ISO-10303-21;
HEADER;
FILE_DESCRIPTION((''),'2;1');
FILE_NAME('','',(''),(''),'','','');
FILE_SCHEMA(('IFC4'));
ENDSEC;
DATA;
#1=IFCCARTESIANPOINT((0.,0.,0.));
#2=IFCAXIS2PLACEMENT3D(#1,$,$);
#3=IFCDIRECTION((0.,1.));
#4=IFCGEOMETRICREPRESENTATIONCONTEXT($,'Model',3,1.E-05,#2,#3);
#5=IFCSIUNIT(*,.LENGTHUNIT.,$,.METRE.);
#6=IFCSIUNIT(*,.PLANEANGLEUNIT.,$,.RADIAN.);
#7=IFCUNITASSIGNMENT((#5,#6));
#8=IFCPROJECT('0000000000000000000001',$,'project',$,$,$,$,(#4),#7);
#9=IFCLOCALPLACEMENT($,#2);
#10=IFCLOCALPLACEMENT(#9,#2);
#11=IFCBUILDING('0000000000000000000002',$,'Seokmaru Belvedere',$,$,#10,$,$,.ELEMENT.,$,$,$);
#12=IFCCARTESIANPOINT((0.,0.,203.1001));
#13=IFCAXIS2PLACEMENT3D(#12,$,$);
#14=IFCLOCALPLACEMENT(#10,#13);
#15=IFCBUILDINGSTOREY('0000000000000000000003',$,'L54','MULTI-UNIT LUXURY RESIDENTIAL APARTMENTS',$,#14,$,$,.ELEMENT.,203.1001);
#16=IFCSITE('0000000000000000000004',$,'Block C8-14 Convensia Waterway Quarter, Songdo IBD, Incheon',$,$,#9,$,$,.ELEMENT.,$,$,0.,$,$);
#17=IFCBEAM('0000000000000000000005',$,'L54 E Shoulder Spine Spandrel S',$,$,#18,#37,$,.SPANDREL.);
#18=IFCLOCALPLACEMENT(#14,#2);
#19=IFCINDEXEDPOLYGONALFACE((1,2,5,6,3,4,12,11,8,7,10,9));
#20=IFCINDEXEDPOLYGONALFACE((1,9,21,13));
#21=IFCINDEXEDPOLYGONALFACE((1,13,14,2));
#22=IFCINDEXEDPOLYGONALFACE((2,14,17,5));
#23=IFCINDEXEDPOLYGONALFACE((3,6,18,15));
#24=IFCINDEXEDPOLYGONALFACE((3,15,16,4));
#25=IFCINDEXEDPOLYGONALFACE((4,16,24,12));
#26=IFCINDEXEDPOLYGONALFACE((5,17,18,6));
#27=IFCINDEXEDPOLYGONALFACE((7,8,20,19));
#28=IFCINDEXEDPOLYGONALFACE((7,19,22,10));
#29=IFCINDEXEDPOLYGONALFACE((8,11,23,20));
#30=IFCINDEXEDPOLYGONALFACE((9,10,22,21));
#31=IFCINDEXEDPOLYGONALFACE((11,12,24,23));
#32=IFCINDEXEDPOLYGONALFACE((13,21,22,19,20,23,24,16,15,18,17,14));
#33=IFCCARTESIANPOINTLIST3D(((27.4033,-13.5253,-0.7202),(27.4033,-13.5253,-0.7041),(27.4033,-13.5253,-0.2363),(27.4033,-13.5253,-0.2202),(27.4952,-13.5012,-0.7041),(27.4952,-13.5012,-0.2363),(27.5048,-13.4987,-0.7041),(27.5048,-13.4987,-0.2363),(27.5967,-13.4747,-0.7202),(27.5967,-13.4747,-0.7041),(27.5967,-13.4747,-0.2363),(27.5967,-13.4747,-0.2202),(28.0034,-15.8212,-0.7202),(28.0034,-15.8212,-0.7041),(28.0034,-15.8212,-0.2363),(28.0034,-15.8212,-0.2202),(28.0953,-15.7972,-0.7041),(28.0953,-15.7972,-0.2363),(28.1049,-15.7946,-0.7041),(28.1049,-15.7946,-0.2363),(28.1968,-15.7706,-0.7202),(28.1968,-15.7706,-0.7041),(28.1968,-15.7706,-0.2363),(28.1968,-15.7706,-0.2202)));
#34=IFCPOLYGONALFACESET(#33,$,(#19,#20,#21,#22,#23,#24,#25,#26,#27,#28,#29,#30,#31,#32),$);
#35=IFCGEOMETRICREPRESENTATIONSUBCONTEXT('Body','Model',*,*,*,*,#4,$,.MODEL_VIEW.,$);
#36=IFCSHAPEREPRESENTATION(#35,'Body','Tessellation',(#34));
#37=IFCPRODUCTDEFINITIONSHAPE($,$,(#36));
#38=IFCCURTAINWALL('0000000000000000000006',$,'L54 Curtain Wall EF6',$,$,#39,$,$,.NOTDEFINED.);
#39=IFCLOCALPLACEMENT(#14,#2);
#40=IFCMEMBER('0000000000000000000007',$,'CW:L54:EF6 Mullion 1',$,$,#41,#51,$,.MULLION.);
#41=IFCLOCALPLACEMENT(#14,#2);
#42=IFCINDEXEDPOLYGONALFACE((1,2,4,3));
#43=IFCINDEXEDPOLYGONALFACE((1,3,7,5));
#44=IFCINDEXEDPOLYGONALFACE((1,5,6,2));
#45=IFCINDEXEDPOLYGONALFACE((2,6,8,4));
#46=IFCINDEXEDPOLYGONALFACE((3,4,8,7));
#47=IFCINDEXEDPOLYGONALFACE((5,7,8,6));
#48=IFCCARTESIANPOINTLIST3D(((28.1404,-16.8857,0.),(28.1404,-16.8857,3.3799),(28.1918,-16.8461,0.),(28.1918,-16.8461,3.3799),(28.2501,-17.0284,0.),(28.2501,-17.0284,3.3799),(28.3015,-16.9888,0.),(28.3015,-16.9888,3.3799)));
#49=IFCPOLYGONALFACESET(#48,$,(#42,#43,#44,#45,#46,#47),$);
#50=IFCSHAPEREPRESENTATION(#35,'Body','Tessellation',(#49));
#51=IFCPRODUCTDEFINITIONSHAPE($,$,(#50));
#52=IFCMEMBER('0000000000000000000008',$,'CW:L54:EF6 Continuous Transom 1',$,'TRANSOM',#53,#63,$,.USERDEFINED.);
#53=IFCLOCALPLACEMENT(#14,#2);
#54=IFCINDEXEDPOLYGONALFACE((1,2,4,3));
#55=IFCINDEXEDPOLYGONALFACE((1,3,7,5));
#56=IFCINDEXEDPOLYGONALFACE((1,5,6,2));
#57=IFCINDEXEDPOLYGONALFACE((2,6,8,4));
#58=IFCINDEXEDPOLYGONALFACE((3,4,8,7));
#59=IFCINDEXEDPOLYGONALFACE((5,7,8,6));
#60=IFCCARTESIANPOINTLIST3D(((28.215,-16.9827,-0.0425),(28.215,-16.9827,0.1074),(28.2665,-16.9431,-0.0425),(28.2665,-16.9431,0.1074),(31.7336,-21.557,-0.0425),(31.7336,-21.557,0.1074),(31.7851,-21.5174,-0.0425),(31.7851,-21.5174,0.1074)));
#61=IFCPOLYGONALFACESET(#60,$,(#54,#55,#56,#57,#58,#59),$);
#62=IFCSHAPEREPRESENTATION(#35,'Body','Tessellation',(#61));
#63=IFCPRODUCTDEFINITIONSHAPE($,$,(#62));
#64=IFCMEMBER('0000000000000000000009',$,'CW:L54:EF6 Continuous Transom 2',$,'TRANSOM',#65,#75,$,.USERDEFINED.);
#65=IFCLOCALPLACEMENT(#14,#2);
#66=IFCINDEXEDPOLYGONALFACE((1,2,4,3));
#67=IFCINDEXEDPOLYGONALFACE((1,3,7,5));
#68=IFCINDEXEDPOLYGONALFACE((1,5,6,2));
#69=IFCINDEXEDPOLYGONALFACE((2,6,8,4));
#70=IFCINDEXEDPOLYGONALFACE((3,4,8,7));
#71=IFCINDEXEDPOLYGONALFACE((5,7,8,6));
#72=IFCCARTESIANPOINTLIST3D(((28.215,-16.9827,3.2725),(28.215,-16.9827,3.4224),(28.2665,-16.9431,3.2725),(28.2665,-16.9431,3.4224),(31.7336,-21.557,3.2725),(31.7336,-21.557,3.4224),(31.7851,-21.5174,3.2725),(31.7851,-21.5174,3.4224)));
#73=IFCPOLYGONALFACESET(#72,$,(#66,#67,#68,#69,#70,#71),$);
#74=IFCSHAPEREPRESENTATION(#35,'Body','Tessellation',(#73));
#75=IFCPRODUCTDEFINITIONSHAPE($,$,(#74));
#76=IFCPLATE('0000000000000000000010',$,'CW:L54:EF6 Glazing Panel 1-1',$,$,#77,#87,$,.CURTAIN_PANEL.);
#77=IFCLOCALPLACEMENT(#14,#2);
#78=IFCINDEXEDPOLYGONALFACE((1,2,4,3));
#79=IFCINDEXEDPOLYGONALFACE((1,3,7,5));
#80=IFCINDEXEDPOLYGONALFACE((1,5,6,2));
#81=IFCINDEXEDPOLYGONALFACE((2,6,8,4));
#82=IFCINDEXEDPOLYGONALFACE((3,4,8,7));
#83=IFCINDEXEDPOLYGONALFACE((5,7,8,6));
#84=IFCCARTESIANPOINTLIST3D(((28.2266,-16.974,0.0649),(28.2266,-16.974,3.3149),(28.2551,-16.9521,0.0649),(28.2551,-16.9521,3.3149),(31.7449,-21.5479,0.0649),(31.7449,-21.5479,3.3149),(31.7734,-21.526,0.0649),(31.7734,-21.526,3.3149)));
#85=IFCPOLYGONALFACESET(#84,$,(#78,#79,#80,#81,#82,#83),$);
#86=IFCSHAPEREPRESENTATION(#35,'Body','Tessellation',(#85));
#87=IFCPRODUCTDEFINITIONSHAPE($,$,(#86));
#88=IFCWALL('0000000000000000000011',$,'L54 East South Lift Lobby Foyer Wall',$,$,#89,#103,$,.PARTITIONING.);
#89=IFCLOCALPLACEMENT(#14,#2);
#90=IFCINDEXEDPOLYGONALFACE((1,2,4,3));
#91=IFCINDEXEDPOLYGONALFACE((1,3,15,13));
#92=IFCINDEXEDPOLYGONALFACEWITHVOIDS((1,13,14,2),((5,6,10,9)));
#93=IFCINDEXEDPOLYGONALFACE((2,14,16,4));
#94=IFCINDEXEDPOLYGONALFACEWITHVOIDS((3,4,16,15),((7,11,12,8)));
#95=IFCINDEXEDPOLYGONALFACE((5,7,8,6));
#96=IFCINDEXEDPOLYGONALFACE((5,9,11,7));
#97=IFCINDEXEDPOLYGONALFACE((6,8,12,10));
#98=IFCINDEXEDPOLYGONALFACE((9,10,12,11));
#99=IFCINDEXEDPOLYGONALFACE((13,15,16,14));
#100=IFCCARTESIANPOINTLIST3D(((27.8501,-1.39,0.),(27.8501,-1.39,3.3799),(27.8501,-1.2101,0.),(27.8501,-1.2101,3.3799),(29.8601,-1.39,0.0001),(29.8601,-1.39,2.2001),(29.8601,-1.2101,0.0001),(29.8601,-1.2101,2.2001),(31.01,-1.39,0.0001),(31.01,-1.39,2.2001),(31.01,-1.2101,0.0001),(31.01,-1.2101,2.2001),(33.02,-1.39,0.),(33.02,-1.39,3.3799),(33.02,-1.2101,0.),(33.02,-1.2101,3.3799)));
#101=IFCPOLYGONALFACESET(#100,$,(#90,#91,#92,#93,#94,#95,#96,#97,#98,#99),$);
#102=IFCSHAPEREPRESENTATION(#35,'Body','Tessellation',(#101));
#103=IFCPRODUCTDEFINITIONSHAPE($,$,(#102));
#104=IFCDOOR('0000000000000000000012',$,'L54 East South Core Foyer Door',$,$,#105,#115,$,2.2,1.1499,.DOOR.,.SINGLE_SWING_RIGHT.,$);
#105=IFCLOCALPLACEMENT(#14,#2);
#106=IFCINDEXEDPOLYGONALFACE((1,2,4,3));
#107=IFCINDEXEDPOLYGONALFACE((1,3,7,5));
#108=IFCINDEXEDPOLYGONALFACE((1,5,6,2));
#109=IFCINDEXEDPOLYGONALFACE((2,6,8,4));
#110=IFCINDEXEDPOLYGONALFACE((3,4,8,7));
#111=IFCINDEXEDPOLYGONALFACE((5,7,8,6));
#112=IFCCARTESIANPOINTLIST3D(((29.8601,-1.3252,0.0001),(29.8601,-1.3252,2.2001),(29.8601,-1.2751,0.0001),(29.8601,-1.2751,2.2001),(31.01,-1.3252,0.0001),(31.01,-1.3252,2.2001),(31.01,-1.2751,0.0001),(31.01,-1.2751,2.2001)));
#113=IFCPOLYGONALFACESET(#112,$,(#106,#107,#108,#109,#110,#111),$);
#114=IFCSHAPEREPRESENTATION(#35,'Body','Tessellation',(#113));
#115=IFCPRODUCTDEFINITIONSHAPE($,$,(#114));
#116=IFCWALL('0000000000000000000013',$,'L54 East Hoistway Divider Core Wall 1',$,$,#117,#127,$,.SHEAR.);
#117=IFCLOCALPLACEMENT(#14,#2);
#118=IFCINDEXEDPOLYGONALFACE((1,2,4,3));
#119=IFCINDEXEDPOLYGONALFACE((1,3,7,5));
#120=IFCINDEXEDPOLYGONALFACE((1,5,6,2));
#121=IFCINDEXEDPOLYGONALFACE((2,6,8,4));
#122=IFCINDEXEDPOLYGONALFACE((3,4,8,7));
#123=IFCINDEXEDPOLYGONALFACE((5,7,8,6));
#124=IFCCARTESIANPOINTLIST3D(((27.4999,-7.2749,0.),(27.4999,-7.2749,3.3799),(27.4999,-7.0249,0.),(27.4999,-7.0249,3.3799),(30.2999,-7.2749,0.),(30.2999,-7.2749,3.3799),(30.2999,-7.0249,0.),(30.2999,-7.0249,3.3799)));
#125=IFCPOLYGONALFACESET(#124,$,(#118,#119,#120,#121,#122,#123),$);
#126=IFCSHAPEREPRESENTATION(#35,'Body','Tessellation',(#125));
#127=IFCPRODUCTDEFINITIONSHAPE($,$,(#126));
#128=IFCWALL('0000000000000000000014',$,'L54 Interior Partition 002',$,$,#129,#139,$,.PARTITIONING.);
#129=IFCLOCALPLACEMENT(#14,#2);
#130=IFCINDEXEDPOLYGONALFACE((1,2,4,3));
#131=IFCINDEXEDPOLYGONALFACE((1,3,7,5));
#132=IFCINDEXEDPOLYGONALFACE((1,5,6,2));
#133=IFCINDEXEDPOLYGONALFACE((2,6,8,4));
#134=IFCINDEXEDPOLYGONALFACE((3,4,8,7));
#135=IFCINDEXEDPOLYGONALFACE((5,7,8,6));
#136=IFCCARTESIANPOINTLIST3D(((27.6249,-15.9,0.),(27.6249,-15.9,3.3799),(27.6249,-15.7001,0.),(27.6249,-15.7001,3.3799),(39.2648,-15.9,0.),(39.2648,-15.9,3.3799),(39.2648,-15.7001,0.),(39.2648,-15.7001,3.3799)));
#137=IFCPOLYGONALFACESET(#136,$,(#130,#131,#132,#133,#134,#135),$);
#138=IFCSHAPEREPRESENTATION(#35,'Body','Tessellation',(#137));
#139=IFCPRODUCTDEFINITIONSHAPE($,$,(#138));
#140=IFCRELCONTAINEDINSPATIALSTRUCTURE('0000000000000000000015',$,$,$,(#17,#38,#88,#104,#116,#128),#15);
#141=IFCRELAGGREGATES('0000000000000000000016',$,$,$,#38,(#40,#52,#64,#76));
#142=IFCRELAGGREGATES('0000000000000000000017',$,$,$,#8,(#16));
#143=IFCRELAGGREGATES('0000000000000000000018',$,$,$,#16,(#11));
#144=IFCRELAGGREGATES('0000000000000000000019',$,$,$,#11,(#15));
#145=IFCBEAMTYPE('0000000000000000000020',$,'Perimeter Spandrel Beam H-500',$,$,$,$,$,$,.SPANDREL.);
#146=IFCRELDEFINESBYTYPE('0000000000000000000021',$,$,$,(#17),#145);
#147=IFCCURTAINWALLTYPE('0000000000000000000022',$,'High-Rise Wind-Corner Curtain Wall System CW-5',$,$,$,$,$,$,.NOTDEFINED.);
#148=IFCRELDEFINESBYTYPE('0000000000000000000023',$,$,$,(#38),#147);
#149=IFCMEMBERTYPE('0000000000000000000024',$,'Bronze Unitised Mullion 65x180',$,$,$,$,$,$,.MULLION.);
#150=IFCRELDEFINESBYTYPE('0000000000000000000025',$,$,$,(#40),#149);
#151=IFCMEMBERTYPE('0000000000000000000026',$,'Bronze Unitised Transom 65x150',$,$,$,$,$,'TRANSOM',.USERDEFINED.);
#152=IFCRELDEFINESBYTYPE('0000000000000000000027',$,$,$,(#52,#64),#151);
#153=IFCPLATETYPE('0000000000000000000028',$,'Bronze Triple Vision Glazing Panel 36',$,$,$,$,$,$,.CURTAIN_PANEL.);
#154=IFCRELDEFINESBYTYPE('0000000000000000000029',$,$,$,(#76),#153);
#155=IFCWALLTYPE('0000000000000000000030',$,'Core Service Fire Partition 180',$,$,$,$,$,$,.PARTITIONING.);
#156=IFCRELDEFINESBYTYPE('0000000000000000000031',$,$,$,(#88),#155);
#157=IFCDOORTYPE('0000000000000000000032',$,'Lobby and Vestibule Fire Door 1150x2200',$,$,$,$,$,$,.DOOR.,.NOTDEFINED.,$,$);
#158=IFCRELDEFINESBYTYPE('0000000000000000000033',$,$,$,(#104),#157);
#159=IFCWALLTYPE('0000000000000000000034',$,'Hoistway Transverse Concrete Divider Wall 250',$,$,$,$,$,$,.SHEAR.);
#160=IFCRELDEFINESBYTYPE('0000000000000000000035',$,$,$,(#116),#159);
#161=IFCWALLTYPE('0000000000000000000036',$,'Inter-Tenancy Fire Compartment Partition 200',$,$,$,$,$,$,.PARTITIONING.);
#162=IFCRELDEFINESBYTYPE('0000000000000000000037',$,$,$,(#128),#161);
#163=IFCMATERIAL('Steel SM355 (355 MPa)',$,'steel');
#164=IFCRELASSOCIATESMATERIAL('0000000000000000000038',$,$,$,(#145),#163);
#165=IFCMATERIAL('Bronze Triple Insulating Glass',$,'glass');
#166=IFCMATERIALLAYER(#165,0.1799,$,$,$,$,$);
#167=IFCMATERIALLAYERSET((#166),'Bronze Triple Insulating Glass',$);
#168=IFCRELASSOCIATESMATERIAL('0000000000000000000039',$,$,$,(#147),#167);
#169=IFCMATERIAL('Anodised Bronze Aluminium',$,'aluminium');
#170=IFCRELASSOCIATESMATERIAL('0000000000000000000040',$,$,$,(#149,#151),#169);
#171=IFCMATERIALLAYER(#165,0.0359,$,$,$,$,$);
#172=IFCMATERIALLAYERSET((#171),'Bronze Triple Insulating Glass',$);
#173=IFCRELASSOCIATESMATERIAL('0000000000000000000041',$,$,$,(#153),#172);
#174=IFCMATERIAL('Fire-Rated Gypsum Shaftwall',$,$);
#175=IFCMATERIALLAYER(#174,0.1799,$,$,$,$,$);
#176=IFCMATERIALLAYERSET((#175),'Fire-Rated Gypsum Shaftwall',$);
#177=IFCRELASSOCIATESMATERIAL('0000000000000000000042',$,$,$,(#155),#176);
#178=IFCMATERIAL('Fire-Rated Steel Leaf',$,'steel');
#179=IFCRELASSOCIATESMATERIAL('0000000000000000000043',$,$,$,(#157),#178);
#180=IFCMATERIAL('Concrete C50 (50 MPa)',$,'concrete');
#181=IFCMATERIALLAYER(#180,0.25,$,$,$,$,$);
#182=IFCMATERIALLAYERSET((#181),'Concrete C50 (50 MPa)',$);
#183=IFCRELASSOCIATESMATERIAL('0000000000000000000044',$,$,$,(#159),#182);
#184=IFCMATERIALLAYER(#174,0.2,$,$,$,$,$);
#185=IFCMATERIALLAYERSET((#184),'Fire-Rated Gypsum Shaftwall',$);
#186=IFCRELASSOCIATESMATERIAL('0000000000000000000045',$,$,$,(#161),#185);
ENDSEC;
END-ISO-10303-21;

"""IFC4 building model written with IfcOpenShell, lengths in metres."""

from ifc_helpers import new_model, si_unit, direction, frame, frame_2d, origin, origin_2d, place, context, subcontext, project, spatial, rectangle, i_section, extrude, source, transform, mapped, material, layer, layer_set, material_profile, profile_set, type_object, type_shapes, element, fill, aggregate, save


model = new_model("IFC4")

# Units and contexts
model_context = context("Model", 3, precision=1e-05, world=origin(), true_north=direction((0.0, 1.0)))
body_context = subcontext(model_context, "Body", "Model", "MODEL_VIEW")
ifc_project = project(units=[si_unit("LENGTHUNIT", "METRE"), si_unit("PLANEANGLEUNIT", "RADIAN")], contexts=[model_context])

# Site, building, storey
site_placement = place(None, origin())
site = spatial("IfcSite", under=ifc_project, at=site_placement, Name="Block C8-14 Convensia Waterway Quarter, Songdo IBD, Incheon", CompositionType="ELEMENT", RefElevation=0.0)
building_placement = place(site_placement, origin())
building = spatial("IfcBuilding", under=site, at=building_placement, Name="Seokmaru Belvedere", CompositionType="ELEMENT")
storey_placement = place(building_placement, frame((0.0, 0.0, 203.1001)))
storey = spatial("IfcBuildingStorey", under=building, at=storey_placement, Name="L54", Description="MULTI-UNIT LUXURY RESIDENTIAL APARTMENTS", CompositionType="ELEMENT", Elevation=203.1001)

# Shared definitions
ifc_material_1 = material(Name="Steel SM355 (355 MPa)", Category="steel")

# Beam
ifc_material_profile_1 = material_profile(ifc_material_1, i_section(OverallWidth=0.2, OverallDepth=0.5, WebThickness=0.01, FlangeThickness=0.0161, at=origin_2d()), Name="H-500x200x10x16")
ifc_profile_set_1 = profile_set([ifc_material_profile_1], Name="Steel SM355 (355 MPa)")
beam_type_1 = type_object("IfcBeamType", Name="Perimeter Spandrel Beam H-500", PredefinedType="SPANDREL", material=ifc_profile_set_1)
shared_shape_1 = source(origin(), body_context, "Body", "SweptSolid", [
    extrude(i_section(OverallWidth=0.2, OverallDepth=0.5, WebThickness=0.01, FlangeThickness=0.0161, at=origin_2d()), origin(), (0.0, 0.0, 1.0), 2.373),
])
beam_1_placement = place(storey_placement, frame((28.1001, -15.7959, -0.4702), z_axis=(-0.252883, 0.967497, 0.0), x_axis=(-0.967497, -0.252883, 0.0)))
element("IfcBeam", 1, at=beam_1_placement, inside=storey, type_object=beam_type_1, Name="L54 E Shoulder Spine Spandrel S", PredefinedType="SPANDREL", context=body_context, shape_type="MappedRepresentation", body=[
    mapped(shared_shape_1, transform((0.0, 0.0, 0.0), scale=1.0)),
])

# Curtain wall, members, plate
ifc_material_2 = material(Name="Bronze Triple Insulating Glass", Category="glass")
ifc_layer_1 = layer(ifc_material_2, 0.1799)
ifc_layer_set_1 = layer_set([ifc_layer_1], Name="Bronze Triple Insulating Glass")
curtain_wall_type = type_object("IfcCurtainWallType", Name="High-Rise Wind-Corner Curtain Wall System CW-5", PredefinedType="NOTDEFINED", material=ifc_layer_set_1)
curtain_wall_placement = place(storey_placement, origin())
curtain_wall = element("IfcCurtainWall", 2, at=curtain_wall_placement, inside=storey, type_object=curtain_wall_type, Name="L54 Curtain Wall EF6", PredefinedType="NOTDEFINED")
ifc_material_3 = material(Name="Anodised Bronze Aluminium", Category="aluminium")
ifc_material_profile_2 = material_profile(ifc_material_3, rectangle(XDim=0.0649, YDim=0.1799, at=origin_2d()), Name="CW-M-65x180")
ifc_profile_set_2 = profile_set([ifc_material_profile_2], Name="Anodised Bronze Aluminium")
member_type_1 = type_object("IfcMemberType", Name="Bronze Unitised Mullion 65x180", PredefinedType="MULLION", material=ifc_profile_set_2)
shared_shape_2 = source(origin(), body_context, "Body", "SweptSolid", [
    extrude(rectangle(XDim=0.0649, YDim=0.1799, at=origin_2d()), origin(), (0.0, 0.0, 1.0), 3.3799),
])
type_shapes(member_type_1, [shared_shape_2])
member_1_placement = place(storey_placement, frame((28.2209, -16.9373, 0.0), z_axis=(0.0, 0.0, 1.0), x_axis=(0.792631, 0.609701, 0.0)))
member_1 = element("IfcMember", 3, at=member_1_placement, type_object=member_type_1, Name="CW:L54:EF6 Mullion 1", PredefinedType="MULLION", context=body_context, shape_type="MappedRepresentation", body=[
    mapped(shared_shape_2, transform((0.0, 0.0, 0.0), scale=1.0)),
])
ifc_material_profile_3 = material_profile(ifc_material_3, rectangle(XDim=0.0649, YDim=0.1499, at=origin_2d()), Name="CW-T-65x150")
ifc_profile_set_3 = profile_set([ifc_material_profile_3], Name="Anodised Bronze Aluminium")
member_type_2 = type_object("IfcMemberType", Name="Bronze Unitised Transom 65x150", ElementType="TRANSOM", PredefinedType="USERDEFINED", material=ifc_profile_set_3)
shared_shape_3 = source(origin(), body_context, "Body", "SweptSolid", [
    extrude(rectangle(XDim=0.0649, YDim=0.1499, at=origin_2d()), origin(), (0.0, 0.0, 1.0), 5.771),
])
type_shapes(member_type_2, [shared_shape_3])
member_2_placement = place(storey_placement, frame((28.2407, -16.9629, 0.0325), z_axis=(0.609703, -0.79263, 0.0), x_axis=(0.79263, 0.609703, 0.0)))
member_2 = element("IfcMember", 4, at=member_2_placement, type_object=member_type_2, Name="CW:L54:EF6 Continuous Transom 1", ObjectType="TRANSOM", PredefinedType="USERDEFINED", context=body_context, shape_type="MappedRepresentation", body=[
    mapped(shared_shape_3, transform((0.0, 0.0, 0.0), scale=1.0)),
])
member_3_placement = place(storey_placement, frame((28.2407, -16.9629, 3.3474), z_axis=(0.609703, -0.79263, 0.0), x_axis=(0.79263, 0.609703, 0.0)))
member_3 = element("IfcMember", 5, at=member_3_placement, type_object=member_type_2, Name="CW:L54:EF6 Continuous Transom 2", ObjectType="TRANSOM", PredefinedType="USERDEFINED", context=body_context, shape_type="MappedRepresentation", body=[
    mapped(shared_shape_3, transform((0.0, 0.0, 0.0), scale=1.0)),
])
ifc_layer_2 = layer(ifc_material_2, 0.0359)
ifc_layer_set_2 = layer_set([ifc_layer_2], Name="Bronze Triple Insulating Glass")
plate_type = type_object("IfcPlateType", Name="Bronze Triple Vision Glazing Panel 36", PredefinedType="CURTAIN_PANEL", material=ifc_layer_set_2)
shared_shape_4 = source(origin(), body_context, "Body", "SweptSolid", [
    extrude(rectangle(XDim=5.7705, YDim=0.0359, at=origin_2d()), origin(), (0.0, 0.0, 1.0), 3.25),
])
type_shapes(plate_type, [shared_shape_4])
plate_placement = place(storey_placement, frame((30.0, -19.25, 0.0649), z_axis=(0.0, 0.0, 1.0), x_axis=(0.609701, -0.792631, 0.0)))
plate = element("IfcPlate", 6, at=plate_placement, type_object=plate_type, Name="CW:L54:EF6 Glazing Panel 1-1", PredefinedType="CURTAIN_PANEL", context=body_context, shape_type="MappedRepresentation", body=[
    mapped(shared_shape_4, transform((0.0, 0.0, 0.0), scale=1.0)),
])
aggregate(curtain_wall, [member_1, member_2, member_3, plate])

# Wall, opening, door
ifc_material_4 = material(Name="Fire-Rated Gypsum Shaftwall")
ifc_layer_3 = layer(ifc_material_4, 0.1799)
ifc_layer_set_3 = layer_set([ifc_layer_3], Name="Fire-Rated Gypsum Shaftwall")
wall_type_1 = type_object("IfcWallType", Name="Core Service Fire Partition 180", PredefinedType="PARTITIONING", material=ifc_layer_set_3)
wall_1_placement = place(storey_placement, frame((27.8501, -1.3, 0.0), z_axis=(0.0, 0.0, 1.0), x_axis=(1.0, 0.0, 0.0)))
wall_1 = element("IfcWall", 7, at=wall_1_placement, inside=storey, type_object=wall_type_1, Name="L54 East South Lift Lobby Foyer Wall", PredefinedType="PARTITIONING", context=body_context, shape_type="SweptSolid", body=[
    extrude(rectangle(XDim=5.1699, YDim=0.1799, at=frame_2d((2.585, 0.0))), origin(), (0.0, 0.0, 1.0), 3.3799),
])
opening_1_placement = place(wall_1_placement, frame((2.01, 0.0, 0.0)))
opening_1 = element("IfcOpeningElement", 8, at=opening_1_placement, cuts=wall_1, PredefinedType="OPENING", context=body_context, shape_type="SweptSolid", body=[
    extrude(rectangle(XDim=1.1499, YDim=2.2, at=frame_2d((0.575, 1.1001))), frame((0.0, 0.1001, 0.0), z_axis=(0.0, -1.0, 0.0), x_axis=(1.0, 0.0, 0.0)), (0.0, 0.0, 1.0), 0.2),
])
ifc_material_5 = material(Name="Fire-Rated Steel Leaf", Category="steel")
door_type_1 = type_object("IfcDoorType", Name="Lobby and Vestibule Fire Door 1150x2200", OperationType="NOTDEFINED", PredefinedType="DOOR", material=ifc_material_5)
shared_shape_5 = source(origin(), body_context, "Body", "SweptSolid", [
    extrude(rectangle(XDim=1.1499, YDim=2.2, at=frame_2d((0.575, 1.1001))), frame((0.0, 0.0249, 0.0), z_axis=(0.0, -1.0, 0.0), x_axis=(1.0, 0.0, 0.0)), (0.0, 0.0, 1.0), 0.05),
])
type_shapes(door_type_1, [shared_shape_5])
door_1_placement = place(opening_1_placement, origin())
door_1 = element("IfcDoor", 9, at=door_1_placement, inside=storey, type_object=door_type_1, Name="L54 East South Core Foyer Door", OperationType="SINGLE_SWING_RIGHT", OverallHeight=2.2, OverallWidth=1.1499, PredefinedType="DOOR", context=body_context, shape_type="MappedRepresentation", body=[
    mapped(shared_shape_5, transform((0.0, 0.0, 0.0), scale=1.0)),
])
fill(opening_1, door_1)

# Walls
ifc_material_6 = material(Name="Concrete C50 (50 MPa)", Category="concrete")
ifc_layer_4 = layer(ifc_material_6, 0.25)
ifc_layer_set_4 = layer_set([ifc_layer_4], Name="Concrete C50 (50 MPa)")
wall_type_2 = type_object("IfcWallType", Name="Hoistway Transverse Concrete Divider Wall 250", PredefinedType="SHEAR", material=ifc_layer_set_4)
wall_2_placement = place(storey_placement, frame((27.5, -7.1499, 0.0), z_axis=(0.0, 0.0, 1.0), x_axis=(1.0, 0.0, 0.0)))
element("IfcWall", 10, at=wall_2_placement, inside=storey, type_object=wall_type_2, Name="L54 East Hoistway Divider Core Wall 1", PredefinedType="SHEAR", context=body_context, shape_type="SweptSolid", body=[
    extrude(rectangle(XDim=2.8, YDim=0.25, at=frame_2d((1.3999, 0.0))), origin(), (0.0, 0.0, 1.0), 3.3799),
])
ifc_layer_5 = layer(ifc_material_4, 0.2)
ifc_layer_set_5 = layer_set([ifc_layer_5], Name="Fire-Rated Gypsum Shaftwall")
wall_type_3 = type_object("IfcWallType", Name="Inter-Tenancy Fire Compartment Partition 200", PredefinedType="PARTITIONING", material=ifc_layer_set_5)
wall_3_placement = place(storey_placement, frame((27.625, -15.8, 0.0), z_axis=(0.0, 0.0, 1.0), x_axis=(1.0, 0.0, 0.0)))
element("IfcWall", 11, at=wall_3_placement, inside=storey, type_object=wall_type_3, Name="L54 Interior Partition 002", PredefinedType="PARTITIONING", context=body_context, shape_type="SweptSolid", body=[
    extrude(rectangle(XDim=11.6399, YDim=0.2, at=frame_2d((5.8198, 0.0))), origin(), (0.0, 0.0, 1.0), 3.3799),
])

save(model, "model.ifc")
